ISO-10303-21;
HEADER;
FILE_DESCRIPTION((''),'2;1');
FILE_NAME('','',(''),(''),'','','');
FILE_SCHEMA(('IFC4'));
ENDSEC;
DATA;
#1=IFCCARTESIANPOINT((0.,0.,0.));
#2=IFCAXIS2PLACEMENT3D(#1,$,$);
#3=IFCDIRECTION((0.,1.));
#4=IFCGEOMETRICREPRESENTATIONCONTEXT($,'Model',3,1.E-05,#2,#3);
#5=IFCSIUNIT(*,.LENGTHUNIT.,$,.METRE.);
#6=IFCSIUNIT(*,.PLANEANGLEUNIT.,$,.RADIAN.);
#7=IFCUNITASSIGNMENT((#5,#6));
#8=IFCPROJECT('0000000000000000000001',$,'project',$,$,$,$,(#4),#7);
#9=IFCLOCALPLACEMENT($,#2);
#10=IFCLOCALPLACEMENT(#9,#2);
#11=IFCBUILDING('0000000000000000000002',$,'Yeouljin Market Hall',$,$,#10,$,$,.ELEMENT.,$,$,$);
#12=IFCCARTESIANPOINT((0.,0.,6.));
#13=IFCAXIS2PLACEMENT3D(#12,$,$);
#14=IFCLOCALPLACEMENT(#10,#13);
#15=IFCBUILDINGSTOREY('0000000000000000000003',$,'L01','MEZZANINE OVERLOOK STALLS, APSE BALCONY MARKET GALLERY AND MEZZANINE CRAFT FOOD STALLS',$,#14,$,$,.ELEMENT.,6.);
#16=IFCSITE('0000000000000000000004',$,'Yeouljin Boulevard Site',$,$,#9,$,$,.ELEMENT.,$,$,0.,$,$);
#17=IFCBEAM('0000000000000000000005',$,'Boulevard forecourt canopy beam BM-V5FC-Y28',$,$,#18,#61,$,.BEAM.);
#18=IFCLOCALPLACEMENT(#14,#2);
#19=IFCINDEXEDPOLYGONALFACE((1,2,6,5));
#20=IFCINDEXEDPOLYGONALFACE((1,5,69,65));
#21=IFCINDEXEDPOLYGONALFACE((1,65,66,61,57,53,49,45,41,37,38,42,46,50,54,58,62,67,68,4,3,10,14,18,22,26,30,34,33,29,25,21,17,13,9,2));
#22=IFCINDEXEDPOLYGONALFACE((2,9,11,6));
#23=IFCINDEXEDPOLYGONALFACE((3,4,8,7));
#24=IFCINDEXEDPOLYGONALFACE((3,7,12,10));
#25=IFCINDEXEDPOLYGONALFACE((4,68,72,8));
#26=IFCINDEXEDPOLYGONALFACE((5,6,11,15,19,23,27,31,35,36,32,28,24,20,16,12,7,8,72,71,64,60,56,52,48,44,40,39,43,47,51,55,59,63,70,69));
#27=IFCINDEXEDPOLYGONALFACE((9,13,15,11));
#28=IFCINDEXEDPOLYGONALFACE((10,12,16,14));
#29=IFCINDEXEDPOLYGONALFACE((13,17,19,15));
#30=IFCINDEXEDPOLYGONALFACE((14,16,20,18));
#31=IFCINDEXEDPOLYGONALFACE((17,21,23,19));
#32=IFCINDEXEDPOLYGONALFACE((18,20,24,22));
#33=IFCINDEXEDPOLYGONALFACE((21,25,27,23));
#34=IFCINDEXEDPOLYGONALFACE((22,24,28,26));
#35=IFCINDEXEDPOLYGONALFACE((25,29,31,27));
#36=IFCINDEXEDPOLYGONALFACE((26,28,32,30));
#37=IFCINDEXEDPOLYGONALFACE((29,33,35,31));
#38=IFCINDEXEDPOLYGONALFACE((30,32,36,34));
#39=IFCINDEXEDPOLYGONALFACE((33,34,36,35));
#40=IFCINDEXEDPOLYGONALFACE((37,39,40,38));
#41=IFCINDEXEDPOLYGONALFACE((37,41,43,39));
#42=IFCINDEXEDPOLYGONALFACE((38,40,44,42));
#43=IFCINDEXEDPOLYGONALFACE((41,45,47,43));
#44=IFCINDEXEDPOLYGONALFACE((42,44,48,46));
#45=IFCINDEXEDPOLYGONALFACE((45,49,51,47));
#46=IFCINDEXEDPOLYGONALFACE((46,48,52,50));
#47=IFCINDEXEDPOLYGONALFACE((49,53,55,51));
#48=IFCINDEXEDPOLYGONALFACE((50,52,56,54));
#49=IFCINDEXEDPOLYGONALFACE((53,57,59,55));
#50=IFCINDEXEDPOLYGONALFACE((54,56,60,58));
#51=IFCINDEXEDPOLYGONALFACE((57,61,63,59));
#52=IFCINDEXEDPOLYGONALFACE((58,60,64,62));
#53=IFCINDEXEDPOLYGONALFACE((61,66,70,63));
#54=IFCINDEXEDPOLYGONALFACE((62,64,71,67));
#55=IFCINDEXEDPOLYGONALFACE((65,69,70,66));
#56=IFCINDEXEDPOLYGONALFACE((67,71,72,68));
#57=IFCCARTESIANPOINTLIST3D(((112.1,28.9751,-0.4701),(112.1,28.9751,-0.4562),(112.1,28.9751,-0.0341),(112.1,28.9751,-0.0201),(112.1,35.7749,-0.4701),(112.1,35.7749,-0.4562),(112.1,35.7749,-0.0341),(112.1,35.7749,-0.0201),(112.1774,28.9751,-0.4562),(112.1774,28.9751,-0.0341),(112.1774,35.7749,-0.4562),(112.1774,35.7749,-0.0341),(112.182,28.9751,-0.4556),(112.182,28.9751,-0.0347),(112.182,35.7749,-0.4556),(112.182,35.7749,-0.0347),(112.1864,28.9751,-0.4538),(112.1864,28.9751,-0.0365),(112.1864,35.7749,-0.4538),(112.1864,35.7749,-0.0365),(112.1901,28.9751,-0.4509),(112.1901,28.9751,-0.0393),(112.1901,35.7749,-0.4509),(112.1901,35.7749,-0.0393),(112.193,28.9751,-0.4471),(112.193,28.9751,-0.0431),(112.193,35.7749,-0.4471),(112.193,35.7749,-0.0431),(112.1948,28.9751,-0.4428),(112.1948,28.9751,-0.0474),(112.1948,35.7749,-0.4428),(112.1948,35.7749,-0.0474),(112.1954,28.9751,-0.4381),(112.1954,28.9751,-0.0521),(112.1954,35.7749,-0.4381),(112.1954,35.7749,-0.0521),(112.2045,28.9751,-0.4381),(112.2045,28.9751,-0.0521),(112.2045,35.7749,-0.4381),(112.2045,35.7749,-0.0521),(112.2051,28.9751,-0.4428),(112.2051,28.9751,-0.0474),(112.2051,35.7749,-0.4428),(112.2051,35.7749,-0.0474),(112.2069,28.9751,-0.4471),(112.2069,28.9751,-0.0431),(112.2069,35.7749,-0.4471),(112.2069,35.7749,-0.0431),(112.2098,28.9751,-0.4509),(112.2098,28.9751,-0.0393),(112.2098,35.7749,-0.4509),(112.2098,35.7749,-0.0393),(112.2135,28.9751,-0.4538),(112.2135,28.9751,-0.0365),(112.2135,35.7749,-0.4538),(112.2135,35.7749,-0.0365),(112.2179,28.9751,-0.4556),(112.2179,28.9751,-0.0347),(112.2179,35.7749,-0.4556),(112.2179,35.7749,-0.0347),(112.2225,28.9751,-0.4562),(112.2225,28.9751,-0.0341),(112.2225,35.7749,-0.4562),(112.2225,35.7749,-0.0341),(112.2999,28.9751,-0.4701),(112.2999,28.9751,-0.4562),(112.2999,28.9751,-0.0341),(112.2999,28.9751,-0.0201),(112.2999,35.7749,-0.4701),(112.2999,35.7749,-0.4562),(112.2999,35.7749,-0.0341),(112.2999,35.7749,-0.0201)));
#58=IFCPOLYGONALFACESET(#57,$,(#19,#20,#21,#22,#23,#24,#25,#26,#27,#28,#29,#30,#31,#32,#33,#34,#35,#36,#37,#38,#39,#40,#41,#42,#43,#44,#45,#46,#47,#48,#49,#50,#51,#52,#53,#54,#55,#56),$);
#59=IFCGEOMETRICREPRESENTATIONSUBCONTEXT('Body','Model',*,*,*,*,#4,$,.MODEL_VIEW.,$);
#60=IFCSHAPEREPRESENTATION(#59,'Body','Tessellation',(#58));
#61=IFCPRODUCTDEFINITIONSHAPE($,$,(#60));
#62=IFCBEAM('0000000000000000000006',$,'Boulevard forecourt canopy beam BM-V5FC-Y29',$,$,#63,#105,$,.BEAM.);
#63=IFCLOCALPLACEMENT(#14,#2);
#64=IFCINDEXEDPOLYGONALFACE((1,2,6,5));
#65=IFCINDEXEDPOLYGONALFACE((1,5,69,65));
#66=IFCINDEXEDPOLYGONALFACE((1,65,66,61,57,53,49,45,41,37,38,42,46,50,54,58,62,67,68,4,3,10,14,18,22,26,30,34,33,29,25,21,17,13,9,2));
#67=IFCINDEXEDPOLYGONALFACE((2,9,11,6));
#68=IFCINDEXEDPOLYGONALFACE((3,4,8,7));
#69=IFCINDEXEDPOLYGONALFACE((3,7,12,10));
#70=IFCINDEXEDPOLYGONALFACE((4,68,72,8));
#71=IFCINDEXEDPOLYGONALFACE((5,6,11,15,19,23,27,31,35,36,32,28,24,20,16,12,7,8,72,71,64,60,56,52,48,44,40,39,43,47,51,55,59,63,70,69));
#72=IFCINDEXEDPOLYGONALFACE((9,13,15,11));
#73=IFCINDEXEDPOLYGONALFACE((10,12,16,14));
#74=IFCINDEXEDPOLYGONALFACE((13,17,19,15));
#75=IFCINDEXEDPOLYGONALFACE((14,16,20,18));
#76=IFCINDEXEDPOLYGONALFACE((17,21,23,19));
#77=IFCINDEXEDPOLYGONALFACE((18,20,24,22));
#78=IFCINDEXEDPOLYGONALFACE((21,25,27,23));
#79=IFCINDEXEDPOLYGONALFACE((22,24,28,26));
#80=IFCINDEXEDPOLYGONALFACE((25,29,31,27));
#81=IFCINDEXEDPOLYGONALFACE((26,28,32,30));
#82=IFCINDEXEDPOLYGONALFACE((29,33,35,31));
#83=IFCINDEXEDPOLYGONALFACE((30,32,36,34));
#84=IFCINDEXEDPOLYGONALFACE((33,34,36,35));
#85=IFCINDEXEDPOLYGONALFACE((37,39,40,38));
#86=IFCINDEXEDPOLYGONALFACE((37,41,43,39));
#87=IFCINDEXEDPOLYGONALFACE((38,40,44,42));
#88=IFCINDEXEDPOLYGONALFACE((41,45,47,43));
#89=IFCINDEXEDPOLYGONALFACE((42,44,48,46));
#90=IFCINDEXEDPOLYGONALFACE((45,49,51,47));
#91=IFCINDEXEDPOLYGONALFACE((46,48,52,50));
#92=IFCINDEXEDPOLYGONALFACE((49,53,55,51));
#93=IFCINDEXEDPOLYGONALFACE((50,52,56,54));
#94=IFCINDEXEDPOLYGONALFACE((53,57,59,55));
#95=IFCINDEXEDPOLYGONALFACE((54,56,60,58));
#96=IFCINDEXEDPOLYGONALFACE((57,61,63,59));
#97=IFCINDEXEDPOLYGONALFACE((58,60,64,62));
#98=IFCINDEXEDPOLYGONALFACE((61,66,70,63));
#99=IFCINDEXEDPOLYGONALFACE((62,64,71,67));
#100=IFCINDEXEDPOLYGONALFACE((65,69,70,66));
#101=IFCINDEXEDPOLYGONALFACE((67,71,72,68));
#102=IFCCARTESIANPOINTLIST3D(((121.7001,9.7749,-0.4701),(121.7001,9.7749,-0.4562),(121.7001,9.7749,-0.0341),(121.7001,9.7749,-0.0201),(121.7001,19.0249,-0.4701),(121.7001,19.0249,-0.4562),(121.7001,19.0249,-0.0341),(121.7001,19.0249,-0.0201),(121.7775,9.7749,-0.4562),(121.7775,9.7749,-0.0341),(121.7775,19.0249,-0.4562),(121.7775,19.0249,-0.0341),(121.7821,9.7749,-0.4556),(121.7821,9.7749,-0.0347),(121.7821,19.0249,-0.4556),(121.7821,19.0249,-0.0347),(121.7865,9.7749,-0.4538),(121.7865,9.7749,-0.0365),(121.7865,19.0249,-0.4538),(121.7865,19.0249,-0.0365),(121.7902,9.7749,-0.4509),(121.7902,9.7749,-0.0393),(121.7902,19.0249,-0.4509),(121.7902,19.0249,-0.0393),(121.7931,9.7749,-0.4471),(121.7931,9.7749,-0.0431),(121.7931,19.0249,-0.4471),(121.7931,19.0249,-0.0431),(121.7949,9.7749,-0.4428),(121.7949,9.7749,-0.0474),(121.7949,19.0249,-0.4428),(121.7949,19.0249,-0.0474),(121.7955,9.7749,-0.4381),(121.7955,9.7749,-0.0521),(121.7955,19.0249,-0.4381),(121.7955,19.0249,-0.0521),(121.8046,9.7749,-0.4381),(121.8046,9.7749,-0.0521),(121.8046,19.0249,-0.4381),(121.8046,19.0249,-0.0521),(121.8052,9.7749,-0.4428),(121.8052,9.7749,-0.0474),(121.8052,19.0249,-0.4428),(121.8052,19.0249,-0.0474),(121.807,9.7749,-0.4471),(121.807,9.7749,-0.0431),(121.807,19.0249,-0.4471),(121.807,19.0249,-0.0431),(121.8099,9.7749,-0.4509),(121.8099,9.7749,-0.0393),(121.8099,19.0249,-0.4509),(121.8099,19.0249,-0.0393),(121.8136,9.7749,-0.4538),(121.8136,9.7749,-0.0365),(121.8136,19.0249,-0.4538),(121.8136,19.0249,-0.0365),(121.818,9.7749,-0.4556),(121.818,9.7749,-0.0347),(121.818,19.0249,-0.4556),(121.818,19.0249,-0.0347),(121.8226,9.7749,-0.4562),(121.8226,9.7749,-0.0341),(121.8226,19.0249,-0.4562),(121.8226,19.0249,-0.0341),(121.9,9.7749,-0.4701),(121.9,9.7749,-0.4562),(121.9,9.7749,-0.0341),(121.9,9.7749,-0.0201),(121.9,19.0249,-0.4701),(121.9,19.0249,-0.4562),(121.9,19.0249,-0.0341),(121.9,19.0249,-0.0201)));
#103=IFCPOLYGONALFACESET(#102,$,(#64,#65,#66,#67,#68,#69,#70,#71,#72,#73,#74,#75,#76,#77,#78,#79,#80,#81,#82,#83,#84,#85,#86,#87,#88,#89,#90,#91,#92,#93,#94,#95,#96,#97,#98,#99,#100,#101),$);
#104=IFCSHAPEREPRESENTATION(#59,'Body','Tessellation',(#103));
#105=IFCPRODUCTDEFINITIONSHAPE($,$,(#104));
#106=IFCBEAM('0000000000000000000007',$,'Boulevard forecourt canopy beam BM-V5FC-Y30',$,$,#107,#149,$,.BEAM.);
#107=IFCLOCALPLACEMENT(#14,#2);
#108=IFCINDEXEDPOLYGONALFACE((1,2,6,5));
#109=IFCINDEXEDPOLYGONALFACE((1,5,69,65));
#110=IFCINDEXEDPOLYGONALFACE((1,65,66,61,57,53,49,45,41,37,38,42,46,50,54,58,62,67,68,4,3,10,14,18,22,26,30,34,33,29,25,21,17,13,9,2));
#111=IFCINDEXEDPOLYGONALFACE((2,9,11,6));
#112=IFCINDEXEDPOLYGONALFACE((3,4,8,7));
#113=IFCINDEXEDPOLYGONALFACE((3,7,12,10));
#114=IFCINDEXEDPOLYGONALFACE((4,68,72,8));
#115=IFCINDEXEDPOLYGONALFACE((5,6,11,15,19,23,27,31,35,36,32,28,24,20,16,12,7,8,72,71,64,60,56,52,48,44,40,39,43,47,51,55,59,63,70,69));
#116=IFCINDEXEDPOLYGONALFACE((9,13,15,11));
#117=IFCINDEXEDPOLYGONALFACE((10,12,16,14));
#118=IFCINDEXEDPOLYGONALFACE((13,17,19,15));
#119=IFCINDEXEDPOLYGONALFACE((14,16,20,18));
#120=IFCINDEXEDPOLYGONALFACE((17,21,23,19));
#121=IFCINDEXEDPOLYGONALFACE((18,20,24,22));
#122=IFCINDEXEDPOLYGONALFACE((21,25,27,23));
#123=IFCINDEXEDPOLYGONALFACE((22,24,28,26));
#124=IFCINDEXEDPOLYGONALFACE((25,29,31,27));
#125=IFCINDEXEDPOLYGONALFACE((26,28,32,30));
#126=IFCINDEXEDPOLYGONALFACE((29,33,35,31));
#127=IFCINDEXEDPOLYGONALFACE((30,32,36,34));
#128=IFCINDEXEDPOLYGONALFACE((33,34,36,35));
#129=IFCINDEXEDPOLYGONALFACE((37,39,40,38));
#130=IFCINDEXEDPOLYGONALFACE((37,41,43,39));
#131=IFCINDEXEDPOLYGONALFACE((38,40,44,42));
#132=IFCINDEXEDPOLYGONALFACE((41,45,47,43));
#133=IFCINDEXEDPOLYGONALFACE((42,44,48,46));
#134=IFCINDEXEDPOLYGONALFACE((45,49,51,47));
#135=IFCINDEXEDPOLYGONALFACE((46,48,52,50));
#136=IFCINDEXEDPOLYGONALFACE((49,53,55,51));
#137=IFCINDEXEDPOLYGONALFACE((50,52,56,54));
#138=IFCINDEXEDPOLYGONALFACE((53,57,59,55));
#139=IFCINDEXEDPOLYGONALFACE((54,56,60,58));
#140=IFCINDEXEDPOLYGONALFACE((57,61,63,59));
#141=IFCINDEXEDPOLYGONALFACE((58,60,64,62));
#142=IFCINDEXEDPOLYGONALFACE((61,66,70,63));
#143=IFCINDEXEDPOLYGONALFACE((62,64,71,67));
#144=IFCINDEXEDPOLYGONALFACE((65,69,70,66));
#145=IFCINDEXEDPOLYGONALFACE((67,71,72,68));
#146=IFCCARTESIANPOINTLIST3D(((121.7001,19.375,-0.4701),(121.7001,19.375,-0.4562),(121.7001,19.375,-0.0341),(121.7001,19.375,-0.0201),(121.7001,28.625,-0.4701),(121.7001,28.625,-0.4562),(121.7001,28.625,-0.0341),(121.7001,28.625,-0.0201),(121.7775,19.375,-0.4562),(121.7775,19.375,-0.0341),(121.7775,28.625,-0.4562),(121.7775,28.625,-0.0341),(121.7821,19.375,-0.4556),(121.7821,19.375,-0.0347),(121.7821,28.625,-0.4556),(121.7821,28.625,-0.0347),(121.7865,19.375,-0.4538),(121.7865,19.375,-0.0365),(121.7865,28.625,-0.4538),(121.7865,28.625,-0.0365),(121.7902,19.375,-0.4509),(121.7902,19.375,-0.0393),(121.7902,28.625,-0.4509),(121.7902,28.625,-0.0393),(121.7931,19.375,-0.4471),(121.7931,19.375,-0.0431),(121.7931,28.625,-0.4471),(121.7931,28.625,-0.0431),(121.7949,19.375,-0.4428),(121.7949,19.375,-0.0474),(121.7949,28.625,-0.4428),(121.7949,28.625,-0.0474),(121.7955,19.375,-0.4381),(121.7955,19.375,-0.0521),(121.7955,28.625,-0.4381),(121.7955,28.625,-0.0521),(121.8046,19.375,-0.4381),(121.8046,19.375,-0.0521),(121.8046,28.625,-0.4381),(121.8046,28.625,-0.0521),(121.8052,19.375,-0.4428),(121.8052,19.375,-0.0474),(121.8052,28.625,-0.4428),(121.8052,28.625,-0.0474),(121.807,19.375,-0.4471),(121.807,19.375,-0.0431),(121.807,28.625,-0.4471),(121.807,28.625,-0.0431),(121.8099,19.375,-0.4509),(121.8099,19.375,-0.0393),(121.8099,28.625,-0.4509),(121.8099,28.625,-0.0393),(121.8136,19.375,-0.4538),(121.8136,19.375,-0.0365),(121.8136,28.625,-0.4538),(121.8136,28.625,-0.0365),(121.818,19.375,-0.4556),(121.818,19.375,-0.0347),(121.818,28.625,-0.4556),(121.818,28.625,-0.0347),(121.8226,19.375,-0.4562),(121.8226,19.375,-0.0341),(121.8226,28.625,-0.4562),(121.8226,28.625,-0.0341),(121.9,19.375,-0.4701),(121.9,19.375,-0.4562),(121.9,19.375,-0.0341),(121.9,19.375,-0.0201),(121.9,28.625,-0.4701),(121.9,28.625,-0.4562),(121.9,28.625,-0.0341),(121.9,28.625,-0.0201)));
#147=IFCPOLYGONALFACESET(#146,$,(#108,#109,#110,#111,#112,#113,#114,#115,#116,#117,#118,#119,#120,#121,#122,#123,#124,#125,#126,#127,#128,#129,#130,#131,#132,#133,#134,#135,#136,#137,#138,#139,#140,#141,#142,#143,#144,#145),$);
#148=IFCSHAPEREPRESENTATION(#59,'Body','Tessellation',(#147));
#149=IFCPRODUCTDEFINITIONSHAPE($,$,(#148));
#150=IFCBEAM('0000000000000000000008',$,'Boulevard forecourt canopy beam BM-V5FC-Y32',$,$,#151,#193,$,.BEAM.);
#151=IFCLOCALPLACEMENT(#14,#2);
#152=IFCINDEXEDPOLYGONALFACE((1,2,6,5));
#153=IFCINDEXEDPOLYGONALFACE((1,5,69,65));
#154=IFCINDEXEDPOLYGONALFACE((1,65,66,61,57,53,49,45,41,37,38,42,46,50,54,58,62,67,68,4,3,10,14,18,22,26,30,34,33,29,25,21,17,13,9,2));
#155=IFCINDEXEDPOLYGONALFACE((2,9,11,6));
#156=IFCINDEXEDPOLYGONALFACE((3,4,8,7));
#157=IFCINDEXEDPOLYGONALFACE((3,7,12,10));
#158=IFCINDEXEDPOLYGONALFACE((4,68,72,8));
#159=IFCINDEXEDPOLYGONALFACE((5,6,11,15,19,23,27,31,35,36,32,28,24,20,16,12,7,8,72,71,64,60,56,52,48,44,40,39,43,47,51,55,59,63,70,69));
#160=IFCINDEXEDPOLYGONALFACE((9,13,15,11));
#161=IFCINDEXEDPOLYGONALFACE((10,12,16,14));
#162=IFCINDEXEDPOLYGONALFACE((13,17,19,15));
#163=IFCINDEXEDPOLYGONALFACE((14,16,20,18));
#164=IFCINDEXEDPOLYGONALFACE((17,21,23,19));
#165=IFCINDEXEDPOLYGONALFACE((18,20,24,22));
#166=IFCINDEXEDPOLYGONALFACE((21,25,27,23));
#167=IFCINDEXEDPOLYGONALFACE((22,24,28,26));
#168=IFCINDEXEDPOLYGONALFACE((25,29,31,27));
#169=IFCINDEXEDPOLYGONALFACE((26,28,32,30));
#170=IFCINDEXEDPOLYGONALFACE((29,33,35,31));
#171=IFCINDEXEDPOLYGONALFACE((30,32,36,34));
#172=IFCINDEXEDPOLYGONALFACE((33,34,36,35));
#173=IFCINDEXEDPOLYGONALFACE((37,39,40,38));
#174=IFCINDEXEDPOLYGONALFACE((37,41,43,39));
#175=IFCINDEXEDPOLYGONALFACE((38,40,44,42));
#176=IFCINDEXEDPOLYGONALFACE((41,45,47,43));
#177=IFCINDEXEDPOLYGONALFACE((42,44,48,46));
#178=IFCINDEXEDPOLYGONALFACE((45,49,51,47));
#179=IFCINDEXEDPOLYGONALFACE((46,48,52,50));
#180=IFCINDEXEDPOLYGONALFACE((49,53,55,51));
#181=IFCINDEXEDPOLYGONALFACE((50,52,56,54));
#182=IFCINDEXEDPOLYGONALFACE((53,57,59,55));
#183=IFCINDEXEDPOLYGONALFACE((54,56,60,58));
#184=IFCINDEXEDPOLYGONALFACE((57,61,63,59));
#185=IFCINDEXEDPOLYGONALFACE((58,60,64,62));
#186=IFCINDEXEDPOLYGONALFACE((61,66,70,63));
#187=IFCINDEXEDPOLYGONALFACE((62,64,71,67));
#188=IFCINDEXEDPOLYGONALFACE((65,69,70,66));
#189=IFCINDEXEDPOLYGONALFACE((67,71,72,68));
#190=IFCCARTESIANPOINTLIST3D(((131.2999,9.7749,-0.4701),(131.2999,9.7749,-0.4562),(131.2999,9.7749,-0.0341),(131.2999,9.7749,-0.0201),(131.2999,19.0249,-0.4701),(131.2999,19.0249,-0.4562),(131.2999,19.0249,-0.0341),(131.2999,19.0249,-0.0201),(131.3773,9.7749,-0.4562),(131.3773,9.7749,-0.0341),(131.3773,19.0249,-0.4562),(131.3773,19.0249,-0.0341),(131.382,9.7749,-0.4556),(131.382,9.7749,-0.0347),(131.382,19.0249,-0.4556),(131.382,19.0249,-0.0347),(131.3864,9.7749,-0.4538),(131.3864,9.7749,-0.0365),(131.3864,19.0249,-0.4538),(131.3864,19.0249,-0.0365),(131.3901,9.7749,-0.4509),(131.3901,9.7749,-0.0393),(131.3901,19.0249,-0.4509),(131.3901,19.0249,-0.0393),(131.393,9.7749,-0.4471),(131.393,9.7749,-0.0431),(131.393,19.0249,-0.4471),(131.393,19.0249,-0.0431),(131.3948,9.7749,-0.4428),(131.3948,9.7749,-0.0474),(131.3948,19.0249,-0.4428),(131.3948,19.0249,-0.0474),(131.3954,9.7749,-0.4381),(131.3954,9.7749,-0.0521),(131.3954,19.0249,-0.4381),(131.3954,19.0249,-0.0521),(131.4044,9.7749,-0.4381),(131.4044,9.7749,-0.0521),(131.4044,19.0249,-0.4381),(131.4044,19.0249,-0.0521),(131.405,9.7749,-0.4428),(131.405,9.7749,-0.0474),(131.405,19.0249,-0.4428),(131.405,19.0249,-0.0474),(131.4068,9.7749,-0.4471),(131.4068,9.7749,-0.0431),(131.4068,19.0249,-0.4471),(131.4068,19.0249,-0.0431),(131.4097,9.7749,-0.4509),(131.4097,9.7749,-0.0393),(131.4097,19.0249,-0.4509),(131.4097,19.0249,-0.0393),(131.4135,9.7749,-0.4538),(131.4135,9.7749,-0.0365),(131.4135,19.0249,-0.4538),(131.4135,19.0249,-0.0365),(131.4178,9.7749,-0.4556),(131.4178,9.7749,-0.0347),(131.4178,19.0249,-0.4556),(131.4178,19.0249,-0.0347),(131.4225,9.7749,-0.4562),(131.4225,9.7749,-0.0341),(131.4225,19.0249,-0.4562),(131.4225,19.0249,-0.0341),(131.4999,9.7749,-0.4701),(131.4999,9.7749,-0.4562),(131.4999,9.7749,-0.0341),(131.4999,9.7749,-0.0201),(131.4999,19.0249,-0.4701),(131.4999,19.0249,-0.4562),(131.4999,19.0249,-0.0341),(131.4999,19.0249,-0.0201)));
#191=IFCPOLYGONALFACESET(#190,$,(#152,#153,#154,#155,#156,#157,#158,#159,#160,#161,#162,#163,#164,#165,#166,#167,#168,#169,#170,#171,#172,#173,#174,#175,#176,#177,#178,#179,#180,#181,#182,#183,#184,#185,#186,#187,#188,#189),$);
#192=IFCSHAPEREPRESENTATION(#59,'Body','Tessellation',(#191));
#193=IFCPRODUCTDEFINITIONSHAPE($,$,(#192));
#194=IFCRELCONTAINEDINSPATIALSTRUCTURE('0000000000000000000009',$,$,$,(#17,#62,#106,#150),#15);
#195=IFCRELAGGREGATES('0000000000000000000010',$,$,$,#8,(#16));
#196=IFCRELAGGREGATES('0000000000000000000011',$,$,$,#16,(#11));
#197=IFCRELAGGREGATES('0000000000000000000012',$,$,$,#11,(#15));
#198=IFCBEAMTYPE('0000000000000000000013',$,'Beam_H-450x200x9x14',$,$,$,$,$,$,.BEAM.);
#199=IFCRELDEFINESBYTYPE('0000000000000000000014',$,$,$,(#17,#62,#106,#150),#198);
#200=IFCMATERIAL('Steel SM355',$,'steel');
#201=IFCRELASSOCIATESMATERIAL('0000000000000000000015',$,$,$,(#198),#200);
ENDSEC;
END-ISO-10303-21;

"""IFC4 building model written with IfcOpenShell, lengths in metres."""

from ifc_helpers import new_model, si_unit, direction, frame, origin, origin_2d, place, context, subcontext, project, spatial, i_section, extrude, material, material_profile, profile_set, type_object, element, save


model = new_model("IFC4")

# Units and contexts
model_context = context("Model", 3, precision=1e-05, world=origin(), true_north=direction((0.0, 1.0)))
body_context = subcontext(model_context, "Body", "Model", "MODEL_VIEW")
ifc_project = project(units=[si_unit("LENGTHUNIT", "METRE"), si_unit("PLANEANGLEUNIT", "RADIAN")], contexts=[model_context])

# Site, building, storey
site_placement = place(None, origin())
site = spatial("IfcSite", under=ifc_project, at=site_placement, Name="Yeouljin Boulevard Site", CompositionType="ELEMENT", RefElevation=0.0)
building_placement = place(site_placement, origin())
building = spatial("IfcBuilding", under=site, at=building_placement, Name="Yeouljin Market Hall", CompositionType="ELEMENT")
storey_placement = place(building_placement, frame((0.0, 0.0, 6.0)))
storey = spatial("IfcBuildingStorey", under=building, at=storey_placement, Name="L01", Description="MEZZANINE OVERLOOK STALLS, APSE BALCONY MARKET GALLERY AND MEZZANINE CRAFT FOOD STALLS", CompositionType="ELEMENT", Elevation=6.0)

# Beams
ifc_material_1 = material(Name="Steel SM355", Category="steel")
ifc_material_profile_1 = material_profile(ifc_material_1, i_section(OverallWidth=0.2, OverallDepth=0.45, WebThickness=0.009, FlangeThickness=0.0139, FilletRadius=0.0181, at=origin_2d()), Name="H-450x200x9x14")
ifc_profile_set_1 = profile_set([ifc_material_profile_1], Name="Steel SM355")
beam_type_1 = type_object("IfcBeamType", Name="Beam_H-450x200x9x14", PredefinedType="BEAM", material=ifc_profile_set_1)
beam_1_placement = place(storey_placement, frame((112.2, 28.9751, -0.2451), z_axis=(0.0, 1.0, 0.0), x_axis=(-1.0, 0.0, 0.0)))
element("IfcBeam", 1, at=beam_1_placement, inside=storey, type_object=beam_type_1, Name="Boulevard forecourt canopy beam BM-V5FC-Y28", PredefinedType="BEAM", context=body_context, shape_type="SweptSolid", body=[
    extrude(i_section(OverallWidth=0.2, OverallDepth=0.45, WebThickness=0.009, FlangeThickness=0.0139, FilletRadius=0.0181, at=origin_2d()), origin(), (0.0, 0.0, 1.0), 6.7998),
])
for number, where, z_axis, x_axis, name in (
    (2, (121.8, 9.7749, -0.2451), (0.0, 1.0, 0.0), (-1.0, 0.0, 0.0), "Boulevard forecourt canopy beam BM-V5FC-Y29"),
    (3, (121.8, 19.375, -0.2451), (0.0, 1.0, 0.0), (-1.0, 0.0, 0.0), "Boulevard forecourt canopy beam BM-V5FC-Y30"),
    (4, (131.3999, 9.7749, -0.2451), (0.0, 1.0, 0.0), (-1.0, 0.0, 0.0), "Boulevard forecourt canopy beam BM-V5FC-Y32"),
):
    element("IfcBeam", number, at=place(storey_placement, frame(where, z_axis=z_axis, x_axis=x_axis)), inside=storey, type_object=beam_type_1, Name=name, PredefinedType="BEAM", context=body_context, shape_type="SweptSolid", body=[
        extrude(i_section(OverallWidth=0.2, OverallDepth=0.45, WebThickness=0.009, FlangeThickness=0.0139, FilletRadius=0.0181, at=origin_2d()), origin(), (0.0, 0.0, 1.0), 9.25),
    ])

save(model, "model.ifc")
